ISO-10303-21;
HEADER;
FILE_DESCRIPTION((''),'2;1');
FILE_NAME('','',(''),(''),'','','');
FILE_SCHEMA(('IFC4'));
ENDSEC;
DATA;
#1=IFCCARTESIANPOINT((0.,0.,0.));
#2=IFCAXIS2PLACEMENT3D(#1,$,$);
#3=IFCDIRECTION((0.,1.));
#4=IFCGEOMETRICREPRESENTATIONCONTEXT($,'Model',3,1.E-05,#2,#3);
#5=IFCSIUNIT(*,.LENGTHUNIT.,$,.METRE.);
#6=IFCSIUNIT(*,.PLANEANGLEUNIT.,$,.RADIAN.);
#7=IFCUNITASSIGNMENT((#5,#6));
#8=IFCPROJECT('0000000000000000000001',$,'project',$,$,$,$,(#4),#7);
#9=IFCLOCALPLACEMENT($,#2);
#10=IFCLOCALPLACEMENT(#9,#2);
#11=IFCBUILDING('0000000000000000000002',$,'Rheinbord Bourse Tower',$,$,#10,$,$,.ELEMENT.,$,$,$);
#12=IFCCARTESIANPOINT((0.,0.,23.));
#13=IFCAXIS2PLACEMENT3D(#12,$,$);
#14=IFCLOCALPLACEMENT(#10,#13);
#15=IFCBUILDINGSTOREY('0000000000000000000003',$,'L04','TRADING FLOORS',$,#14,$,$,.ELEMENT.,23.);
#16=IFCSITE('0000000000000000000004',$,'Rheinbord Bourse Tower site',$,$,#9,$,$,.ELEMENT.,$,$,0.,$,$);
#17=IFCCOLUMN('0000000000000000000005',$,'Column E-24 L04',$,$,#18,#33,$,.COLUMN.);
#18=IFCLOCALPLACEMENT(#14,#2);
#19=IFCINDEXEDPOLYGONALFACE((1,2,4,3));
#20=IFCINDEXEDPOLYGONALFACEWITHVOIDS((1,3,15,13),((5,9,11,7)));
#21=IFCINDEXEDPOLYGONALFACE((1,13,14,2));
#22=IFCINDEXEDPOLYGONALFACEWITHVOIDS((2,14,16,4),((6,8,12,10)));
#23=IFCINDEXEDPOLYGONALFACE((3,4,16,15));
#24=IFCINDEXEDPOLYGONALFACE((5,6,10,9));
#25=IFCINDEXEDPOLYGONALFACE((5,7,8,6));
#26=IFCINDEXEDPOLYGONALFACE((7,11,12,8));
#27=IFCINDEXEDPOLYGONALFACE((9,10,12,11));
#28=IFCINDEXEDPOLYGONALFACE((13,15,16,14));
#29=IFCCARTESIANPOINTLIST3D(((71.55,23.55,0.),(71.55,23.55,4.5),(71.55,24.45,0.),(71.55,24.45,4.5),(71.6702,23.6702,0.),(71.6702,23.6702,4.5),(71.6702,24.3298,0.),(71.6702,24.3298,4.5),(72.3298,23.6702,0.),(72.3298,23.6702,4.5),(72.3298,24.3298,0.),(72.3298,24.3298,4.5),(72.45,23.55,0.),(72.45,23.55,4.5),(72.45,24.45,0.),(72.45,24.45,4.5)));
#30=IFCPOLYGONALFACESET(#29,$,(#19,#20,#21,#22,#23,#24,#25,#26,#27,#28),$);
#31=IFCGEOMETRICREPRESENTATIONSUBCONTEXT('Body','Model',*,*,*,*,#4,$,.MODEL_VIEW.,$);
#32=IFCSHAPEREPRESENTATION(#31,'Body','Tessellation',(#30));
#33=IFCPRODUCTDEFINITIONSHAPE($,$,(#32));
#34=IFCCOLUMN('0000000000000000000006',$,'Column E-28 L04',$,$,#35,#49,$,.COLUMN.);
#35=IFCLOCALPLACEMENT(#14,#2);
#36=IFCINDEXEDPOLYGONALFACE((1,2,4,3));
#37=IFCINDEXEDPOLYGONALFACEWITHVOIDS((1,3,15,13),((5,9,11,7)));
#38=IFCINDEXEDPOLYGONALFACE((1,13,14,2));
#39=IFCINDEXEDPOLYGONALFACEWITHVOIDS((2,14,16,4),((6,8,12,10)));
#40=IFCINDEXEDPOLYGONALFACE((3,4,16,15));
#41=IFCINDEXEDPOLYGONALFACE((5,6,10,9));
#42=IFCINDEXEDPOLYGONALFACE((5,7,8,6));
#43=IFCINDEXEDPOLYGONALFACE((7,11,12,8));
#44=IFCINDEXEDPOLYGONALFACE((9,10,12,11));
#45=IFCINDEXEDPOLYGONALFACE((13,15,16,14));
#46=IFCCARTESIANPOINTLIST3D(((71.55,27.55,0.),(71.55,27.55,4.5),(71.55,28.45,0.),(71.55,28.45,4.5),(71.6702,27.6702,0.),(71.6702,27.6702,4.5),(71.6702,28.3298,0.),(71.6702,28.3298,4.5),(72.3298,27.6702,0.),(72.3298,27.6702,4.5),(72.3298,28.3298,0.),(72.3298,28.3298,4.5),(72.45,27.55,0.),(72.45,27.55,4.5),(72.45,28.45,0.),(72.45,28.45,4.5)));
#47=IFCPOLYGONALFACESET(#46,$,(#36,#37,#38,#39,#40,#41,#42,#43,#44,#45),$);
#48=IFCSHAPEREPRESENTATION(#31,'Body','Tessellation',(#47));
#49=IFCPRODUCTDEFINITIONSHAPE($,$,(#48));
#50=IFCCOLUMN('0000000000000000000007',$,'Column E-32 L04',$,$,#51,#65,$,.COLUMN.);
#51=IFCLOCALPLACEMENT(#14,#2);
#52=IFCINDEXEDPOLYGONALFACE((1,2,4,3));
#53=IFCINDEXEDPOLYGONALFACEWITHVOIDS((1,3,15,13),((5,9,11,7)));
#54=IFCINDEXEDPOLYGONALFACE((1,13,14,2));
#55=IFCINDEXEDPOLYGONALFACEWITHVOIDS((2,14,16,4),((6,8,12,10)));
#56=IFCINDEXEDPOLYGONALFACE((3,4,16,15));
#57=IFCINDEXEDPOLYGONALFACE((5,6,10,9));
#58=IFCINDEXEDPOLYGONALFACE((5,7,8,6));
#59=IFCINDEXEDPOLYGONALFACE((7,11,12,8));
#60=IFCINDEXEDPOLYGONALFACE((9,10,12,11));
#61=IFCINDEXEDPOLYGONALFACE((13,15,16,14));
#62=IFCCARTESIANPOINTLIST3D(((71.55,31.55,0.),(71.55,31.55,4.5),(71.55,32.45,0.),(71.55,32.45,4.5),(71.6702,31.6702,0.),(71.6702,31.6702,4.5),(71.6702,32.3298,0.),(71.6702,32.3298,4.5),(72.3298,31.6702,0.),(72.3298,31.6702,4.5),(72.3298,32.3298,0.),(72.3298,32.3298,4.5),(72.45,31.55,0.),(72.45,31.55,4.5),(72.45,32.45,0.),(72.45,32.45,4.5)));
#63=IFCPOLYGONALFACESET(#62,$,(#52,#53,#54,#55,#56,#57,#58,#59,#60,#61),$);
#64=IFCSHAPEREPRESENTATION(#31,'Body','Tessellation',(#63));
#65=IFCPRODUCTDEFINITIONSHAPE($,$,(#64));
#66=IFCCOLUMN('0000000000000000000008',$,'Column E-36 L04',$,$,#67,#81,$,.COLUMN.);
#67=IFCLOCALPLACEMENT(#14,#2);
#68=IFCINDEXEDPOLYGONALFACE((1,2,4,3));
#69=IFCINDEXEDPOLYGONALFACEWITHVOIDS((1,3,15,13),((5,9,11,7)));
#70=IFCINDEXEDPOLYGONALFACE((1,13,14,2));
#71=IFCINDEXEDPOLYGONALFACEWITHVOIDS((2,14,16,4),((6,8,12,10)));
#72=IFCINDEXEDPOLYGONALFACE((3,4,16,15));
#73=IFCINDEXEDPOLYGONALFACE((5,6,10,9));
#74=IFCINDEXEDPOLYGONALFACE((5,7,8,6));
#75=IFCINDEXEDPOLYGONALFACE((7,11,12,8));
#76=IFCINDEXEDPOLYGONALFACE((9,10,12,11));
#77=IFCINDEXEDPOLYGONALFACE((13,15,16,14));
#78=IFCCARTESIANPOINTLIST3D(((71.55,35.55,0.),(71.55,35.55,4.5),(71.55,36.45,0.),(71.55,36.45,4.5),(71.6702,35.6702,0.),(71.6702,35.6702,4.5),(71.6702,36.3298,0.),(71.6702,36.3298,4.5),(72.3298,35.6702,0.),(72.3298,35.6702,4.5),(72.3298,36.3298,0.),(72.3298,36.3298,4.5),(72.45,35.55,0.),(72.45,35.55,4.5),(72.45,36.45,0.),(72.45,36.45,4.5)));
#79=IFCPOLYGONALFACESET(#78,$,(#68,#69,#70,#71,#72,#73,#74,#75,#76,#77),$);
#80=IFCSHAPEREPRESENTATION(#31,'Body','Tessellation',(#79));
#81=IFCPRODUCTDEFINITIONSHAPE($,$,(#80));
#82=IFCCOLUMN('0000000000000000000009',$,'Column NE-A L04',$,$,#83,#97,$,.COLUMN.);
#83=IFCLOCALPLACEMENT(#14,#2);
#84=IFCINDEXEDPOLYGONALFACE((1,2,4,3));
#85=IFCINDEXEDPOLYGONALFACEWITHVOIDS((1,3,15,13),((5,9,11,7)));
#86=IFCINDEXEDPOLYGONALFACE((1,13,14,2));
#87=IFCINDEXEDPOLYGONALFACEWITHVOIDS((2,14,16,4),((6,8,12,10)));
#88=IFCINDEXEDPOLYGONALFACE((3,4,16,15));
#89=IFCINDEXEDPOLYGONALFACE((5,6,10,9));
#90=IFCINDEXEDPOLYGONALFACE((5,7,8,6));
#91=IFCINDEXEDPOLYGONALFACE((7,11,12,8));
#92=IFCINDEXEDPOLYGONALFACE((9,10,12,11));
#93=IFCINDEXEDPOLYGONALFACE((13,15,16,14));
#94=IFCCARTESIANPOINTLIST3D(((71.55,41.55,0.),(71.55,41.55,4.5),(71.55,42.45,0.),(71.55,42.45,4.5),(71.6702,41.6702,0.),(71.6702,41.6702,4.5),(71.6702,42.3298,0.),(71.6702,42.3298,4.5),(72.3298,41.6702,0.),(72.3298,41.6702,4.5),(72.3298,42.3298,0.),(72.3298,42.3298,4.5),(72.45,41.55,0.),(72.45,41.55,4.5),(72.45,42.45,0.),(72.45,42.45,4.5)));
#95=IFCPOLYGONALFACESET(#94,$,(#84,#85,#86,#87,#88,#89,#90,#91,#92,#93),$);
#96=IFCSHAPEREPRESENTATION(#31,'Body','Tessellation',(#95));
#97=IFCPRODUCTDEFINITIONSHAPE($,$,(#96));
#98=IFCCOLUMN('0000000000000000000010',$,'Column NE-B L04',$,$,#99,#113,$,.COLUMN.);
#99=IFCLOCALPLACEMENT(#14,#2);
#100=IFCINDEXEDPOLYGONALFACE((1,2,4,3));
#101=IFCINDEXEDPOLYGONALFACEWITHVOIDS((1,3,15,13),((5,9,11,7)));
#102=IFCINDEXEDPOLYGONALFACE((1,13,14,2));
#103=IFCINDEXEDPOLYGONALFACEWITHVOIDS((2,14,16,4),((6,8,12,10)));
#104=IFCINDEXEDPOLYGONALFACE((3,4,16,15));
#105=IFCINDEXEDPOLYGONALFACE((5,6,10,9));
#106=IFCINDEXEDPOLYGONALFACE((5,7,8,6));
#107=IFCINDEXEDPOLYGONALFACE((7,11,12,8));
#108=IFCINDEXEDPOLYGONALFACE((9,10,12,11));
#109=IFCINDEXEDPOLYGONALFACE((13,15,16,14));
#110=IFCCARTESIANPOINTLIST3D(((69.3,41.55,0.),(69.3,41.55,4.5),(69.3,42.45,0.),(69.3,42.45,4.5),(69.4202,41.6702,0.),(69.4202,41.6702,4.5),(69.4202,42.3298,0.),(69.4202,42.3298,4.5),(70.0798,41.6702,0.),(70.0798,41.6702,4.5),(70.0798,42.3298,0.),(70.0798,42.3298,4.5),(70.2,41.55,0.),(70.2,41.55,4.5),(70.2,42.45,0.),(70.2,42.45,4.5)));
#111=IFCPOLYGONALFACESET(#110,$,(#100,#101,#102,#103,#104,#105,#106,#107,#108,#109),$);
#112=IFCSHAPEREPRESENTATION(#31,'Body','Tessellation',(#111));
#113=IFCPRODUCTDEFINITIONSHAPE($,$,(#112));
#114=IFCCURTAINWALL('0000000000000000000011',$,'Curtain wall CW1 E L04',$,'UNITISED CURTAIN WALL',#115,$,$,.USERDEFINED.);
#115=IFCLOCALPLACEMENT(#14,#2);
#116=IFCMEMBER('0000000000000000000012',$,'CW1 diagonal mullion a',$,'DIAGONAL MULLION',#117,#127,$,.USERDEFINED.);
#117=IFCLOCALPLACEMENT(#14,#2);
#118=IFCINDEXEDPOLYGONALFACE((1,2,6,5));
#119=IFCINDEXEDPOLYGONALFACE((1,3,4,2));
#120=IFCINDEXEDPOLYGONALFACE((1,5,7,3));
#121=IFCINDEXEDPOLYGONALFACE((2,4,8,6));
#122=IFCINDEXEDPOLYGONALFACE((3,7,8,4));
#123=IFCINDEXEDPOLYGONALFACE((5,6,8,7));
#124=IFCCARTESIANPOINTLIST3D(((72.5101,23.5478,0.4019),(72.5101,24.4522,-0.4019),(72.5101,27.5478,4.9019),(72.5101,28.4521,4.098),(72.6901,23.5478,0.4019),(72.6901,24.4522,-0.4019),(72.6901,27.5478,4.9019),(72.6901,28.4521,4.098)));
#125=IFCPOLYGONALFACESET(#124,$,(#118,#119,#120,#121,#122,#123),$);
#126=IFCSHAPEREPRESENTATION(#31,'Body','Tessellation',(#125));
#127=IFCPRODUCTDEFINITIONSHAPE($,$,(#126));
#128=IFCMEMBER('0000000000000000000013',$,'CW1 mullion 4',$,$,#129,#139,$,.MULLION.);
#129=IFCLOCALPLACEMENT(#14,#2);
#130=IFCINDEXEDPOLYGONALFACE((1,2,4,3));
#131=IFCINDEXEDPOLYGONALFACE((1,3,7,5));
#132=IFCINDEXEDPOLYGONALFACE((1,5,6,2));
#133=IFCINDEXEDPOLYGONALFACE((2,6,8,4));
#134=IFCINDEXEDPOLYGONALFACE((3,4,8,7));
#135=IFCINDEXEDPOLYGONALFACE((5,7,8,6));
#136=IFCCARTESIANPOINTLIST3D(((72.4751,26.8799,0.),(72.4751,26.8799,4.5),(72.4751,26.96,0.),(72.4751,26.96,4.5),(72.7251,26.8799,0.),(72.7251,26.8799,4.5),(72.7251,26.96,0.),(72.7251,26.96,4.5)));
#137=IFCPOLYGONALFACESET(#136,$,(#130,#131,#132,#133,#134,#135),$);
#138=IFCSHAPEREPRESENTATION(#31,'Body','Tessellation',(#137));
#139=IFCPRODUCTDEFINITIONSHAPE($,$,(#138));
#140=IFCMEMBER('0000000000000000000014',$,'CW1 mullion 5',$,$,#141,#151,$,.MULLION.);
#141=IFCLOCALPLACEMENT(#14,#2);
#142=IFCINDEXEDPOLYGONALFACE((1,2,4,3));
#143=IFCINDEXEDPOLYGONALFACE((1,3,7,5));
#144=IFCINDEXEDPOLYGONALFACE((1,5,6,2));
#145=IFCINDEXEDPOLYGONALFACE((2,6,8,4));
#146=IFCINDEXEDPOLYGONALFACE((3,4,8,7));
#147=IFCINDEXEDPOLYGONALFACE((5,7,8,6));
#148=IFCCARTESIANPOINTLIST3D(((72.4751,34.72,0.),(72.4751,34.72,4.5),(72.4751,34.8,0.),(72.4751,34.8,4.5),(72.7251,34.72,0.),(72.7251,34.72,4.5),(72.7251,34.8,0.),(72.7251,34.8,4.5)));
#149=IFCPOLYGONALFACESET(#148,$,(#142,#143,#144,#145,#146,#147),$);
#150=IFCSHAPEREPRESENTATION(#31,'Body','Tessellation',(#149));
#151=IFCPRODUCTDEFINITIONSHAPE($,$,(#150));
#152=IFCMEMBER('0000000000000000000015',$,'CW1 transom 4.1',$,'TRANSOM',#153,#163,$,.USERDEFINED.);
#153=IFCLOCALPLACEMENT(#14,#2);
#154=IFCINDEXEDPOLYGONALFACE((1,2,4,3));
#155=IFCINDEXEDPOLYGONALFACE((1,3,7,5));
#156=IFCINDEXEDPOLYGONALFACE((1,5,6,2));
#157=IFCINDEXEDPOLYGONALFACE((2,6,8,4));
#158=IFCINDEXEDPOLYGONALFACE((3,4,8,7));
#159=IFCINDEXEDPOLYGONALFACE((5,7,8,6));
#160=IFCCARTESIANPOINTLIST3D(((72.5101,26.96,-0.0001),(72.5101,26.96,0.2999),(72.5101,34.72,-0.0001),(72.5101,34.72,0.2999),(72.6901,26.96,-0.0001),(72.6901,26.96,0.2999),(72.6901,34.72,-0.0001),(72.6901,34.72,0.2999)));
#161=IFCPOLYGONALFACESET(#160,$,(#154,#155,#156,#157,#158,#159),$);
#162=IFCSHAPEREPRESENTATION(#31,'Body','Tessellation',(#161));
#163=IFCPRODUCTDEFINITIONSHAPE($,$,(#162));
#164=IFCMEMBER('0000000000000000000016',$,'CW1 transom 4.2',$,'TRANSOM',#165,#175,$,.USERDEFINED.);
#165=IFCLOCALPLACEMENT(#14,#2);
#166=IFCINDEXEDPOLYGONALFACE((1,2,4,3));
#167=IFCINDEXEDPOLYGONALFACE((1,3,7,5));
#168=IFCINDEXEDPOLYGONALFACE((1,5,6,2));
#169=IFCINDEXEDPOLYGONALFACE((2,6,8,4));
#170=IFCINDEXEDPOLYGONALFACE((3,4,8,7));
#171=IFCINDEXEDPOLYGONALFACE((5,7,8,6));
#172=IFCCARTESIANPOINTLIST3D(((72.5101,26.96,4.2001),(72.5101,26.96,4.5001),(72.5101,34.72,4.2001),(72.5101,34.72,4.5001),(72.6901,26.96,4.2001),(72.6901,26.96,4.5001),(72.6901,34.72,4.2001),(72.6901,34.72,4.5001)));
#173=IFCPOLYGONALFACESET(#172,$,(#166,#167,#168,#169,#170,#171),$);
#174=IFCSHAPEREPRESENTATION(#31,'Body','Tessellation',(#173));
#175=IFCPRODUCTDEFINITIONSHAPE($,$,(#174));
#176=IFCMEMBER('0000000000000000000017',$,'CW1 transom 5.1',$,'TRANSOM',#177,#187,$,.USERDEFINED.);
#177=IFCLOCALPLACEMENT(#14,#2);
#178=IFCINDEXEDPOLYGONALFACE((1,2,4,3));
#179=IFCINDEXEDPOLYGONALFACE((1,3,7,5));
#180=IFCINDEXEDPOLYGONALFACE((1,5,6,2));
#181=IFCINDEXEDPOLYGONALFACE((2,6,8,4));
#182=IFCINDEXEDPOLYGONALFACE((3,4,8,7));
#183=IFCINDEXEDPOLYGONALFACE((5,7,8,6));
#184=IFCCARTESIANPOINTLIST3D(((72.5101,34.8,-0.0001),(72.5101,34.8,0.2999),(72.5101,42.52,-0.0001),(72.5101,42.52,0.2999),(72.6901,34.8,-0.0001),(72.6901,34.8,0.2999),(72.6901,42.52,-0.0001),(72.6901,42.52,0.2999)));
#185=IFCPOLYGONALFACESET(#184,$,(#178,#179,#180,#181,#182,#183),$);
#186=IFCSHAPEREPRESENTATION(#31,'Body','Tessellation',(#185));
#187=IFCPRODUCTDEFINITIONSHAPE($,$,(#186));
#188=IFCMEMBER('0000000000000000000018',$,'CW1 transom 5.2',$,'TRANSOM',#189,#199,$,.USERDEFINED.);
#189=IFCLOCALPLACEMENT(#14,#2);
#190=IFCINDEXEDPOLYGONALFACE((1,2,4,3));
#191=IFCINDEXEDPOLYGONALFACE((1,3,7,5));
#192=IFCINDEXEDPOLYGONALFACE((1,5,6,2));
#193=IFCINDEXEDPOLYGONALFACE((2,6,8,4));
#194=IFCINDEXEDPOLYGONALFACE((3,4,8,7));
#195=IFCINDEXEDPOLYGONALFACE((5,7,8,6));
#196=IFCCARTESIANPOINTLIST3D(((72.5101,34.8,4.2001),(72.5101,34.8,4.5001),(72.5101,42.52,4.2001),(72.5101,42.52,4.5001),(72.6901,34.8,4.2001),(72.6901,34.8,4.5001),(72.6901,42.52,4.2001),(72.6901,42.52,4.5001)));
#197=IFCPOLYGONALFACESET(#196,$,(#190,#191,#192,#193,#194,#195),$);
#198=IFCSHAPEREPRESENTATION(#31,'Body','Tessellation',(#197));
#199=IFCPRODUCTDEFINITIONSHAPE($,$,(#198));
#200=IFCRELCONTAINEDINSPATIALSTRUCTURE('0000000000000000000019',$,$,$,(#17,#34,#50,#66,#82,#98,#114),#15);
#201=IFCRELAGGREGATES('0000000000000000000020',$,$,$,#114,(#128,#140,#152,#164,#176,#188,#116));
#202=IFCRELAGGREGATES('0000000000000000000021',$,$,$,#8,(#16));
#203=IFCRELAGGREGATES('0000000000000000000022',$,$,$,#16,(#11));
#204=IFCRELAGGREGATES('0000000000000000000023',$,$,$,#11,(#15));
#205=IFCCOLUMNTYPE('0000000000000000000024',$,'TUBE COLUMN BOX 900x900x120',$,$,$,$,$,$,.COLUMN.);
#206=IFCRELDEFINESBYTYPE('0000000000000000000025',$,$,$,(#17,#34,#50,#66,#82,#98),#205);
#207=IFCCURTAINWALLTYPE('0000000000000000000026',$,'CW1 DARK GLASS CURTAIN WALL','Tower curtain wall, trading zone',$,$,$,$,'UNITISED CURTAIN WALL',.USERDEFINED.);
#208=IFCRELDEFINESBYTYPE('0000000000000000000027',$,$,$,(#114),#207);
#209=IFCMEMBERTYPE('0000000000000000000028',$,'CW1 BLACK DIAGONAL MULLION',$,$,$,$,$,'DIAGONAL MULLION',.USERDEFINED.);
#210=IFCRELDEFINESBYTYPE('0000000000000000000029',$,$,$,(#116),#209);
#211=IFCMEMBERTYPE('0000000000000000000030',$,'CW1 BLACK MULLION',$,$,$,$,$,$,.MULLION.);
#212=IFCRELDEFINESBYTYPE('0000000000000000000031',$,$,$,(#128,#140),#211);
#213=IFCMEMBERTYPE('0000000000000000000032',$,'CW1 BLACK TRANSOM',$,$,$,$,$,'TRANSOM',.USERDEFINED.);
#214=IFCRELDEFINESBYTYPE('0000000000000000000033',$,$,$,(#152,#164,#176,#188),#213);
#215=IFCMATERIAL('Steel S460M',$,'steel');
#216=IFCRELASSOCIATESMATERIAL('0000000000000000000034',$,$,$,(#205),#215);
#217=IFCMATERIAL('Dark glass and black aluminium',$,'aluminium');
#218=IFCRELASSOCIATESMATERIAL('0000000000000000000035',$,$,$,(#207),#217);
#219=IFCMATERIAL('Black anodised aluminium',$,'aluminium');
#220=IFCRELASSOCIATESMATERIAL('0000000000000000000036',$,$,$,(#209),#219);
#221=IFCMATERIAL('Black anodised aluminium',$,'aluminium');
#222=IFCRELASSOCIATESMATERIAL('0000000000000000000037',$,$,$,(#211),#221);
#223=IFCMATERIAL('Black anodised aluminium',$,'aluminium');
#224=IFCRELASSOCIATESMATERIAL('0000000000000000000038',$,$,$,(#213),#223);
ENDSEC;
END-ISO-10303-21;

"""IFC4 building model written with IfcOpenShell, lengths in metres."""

from ifc_helpers import new_model, si_unit, direction, frame, origin, origin_2d, place, context, subcontext, project, spatial, rectangle, hollow_rectangle, extrude, material, material_profile, profile_set, type_object, element, aggregate, save


model = new_model("IFC4")

# Units and contexts
model_context = context("Model", 3, precision=1e-05, world=origin(), true_north=direction((0.0, 1.0)))
body_context = subcontext(model_context, "Body", "Model", "MODEL_VIEW")
ifc_project = project(units=[si_unit("LENGTHUNIT", "METRE"), si_unit("PLANEANGLEUNIT", "RADIAN")], contexts=[model_context])

# Site, building, storey
site_placement = place(None, origin())
site = spatial("IfcSite", under=ifc_project, at=site_placement, Name="Rheinbord Bourse Tower site", CompositionType="ELEMENT", RefElevation=0.0)
building_placement = place(site_placement, origin())
building = spatial("IfcBuilding", under=site, at=building_placement, Name="Rheinbord Bourse Tower", CompositionType="ELEMENT")
storey_placement = place(building_placement, frame((0.0, 0.0, 23.0)))
storey = spatial("IfcBuildingStorey", under=building, at=storey_placement, Name="L04", Description="TRADING FLOORS", CompositionType="ELEMENT", Elevation=23.0)

# Columns
ifc_material_1 = material(Name="Steel S460M", Category="steel")
ifc_material_profile_1 = material_profile(ifc_material_1, hollow_rectangle(XDim=0.8999, YDim=0.8999, WallThickness=0.1201, at=origin_2d()), Name="BOX 900x900x120")
ifc_profile_set_1 = profile_set([ifc_material_profile_1], Name="Steel S460M")
column_type = type_object("IfcColumnType", Name="TUBE COLUMN BOX 900x900x120", PredefinedType="COLUMN", material=ifc_profile_set_1)
for number, where, z_axis, x_axis, name in (
    (1, (72.0, 24.0, 0.0), (0.0, 0.0, 1.0), (1.0, 0.0, 0.0), "Column E-24 L04"),
    (2, (72.0, 28.0, 0.0), (0.0, 0.0, 1.0), (1.0, 0.0, 0.0), "Column E-28 L04"),
    (3, (72.0, 32.0, 0.0), (0.0, 0.0, 1.0), (1.0, 0.0, 0.0), "Column E-32 L04"),
    (4, (72.0, 36.0, 0.0), (0.0, 0.0, 1.0), (1.0, 0.0, 0.0), "Column E-36 L04"),
    (5, (72.0, 42.0, 0.0), (0.0, 0.0, 1.0), (1.0, 0.0, 0.0), "Column NE-A L04"),
    (6, (69.75, 42.0, 0.0), (0.0, 0.0, 1.0), (1.0, 0.0, 0.0), "Column NE-B L04"),
):
    element("IfcColumn", number, at=place(storey_placement, frame(where, z_axis=z_axis, x_axis=x_axis)), inside=storey, type_object=column_type, Name=name, PredefinedType="COLUMN", context=body_context, shape_type="SweptSolid", body=[
        extrude(hollow_rectangle(XDim=0.8999, YDim=0.8999, WallThickness=0.1201, at=origin_2d()), origin(), (0.0, 0.0, 1.0), 4.5),
    ])

# Curtain wall, members
ifc_material_2 = material(Name="Dark glass and black aluminium", Category="aluminium")
curtain_wall_type = type_object("IfcCurtainWallType", Name="CW1 DARK GLASS CURTAIN WALL", Description="Tower curtain wall, trading zone", ElementType="UNITISED CURTAIN WALL", PredefinedType="USERDEFINED", material=ifc_material_2)
curtain_wall_placement = place(storey_placement, origin())
curtain_wall = element("IfcCurtainWall", 7, at=curtain_wall_placement, inside=storey, type_object=curtain_wall_type, Name="Curtain wall CW1 E L04", ObjectType="UNITISED CURTAIN WALL", PredefinedType="USERDEFINED")
ifc_material_3 = material(Name="Black anodised aluminium", Category="aluminium")
ifc_material_profile_2 = material_profile(ifc_material_3, rectangle(XDim=0.1799, YDim=1.21, at=origin_2d()), Name="CW1 DIAGONAL MULLION 1210x180")
ifc_profile_set_2 = profile_set([ifc_material_profile_2], Name="Black anodised aluminium")
member_type_1 = type_object("IfcMemberType", Name="CW1 BLACK DIAGONAL MULLION", ElementType="DIAGONAL MULLION", PredefinedType="USERDEFINED", material=ifc_profile_set_2)
member_1_placement = place(storey_placement, frame((72.6001, 24.0, 0.0), z_axis=(0.0, 0.664364, 0.747409), x_axis=(-1.0, 0.0, 0.0)))
member_1 = element("IfcMember", 8, at=member_1_placement, type_object=member_type_1, Name="CW1 diagonal mullion a", ObjectType="DIAGONAL MULLION", PredefinedType="USERDEFINED", context=body_context, shape_type="SweptSolid", body=[
    extrude(rectangle(XDim=0.1799, YDim=1.21, at=origin_2d()), origin(), (0.0, 0.0, 1.0), 6.0208),
])
ifc_material_4 = material(Name="Black anodised aluminium", Category="aluminium")
ifc_material_profile_3 = material_profile(ifc_material_4, rectangle(XDim=0.25, YDim=0.0801, at=origin_2d()), Name="CW1 MULLION 80x250")
ifc_profile_set_3 = profile_set([ifc_material_profile_3], Name="Black anodised aluminium")
member_type_2 = type_object("IfcMemberType", Name="CW1 BLACK MULLION", PredefinedType="MULLION", material=ifc_profile_set_3)
member_2_placement = place(storey_placement, frame((72.6001, 26.9199, 0.0), z_axis=(0.0, 0.0, 1.0), x_axis=(-1.0, 0.0, 0.0)))
member_2 = element("IfcMember", 9, at=member_2_placement, type_object=member_type_2, Name="CW1 mullion 4", PredefinedType="MULLION", context=body_context, shape_type="SweptSolid", body=[
    extrude(rectangle(XDim=0.25, YDim=0.0801, at=origin_2d()), origin(), (0.0, 0.0, 1.0), 4.5),
])
member_3_placement = place(storey_placement, frame((72.6001, 34.76, 0.0), z_axis=(0.0, 0.0, 1.0), x_axis=(-1.0, 0.0, 0.0)))
member_3 = element("IfcMember", 10, at=member_3_placement, type_object=member_type_2, Name="CW1 mullion 5", PredefinedType="MULLION", context=body_context, shape_type="SweptSolid", body=[
    extrude(rectangle(XDim=0.25, YDim=0.0801, at=origin_2d()), origin(), (0.0, 0.0, 1.0), 4.5),
])
ifc_material_5 = material(Name="Black anodised aluminium", Category="aluminium")
ifc_material_profile_4 = material_profile(ifc_material_5, rectangle(XDim=0.1799, YDim=0.3, at=origin_2d()), Name="CW1 TRANSOM 300x180")
ifc_profile_set_4 = profile_set([ifc_material_profile_4], Name="Black anodised aluminium")
member_type_3 = type_object("IfcMemberType", Name="CW1 BLACK TRANSOM", ElementType="TRANSOM", PredefinedType="USERDEFINED", material=ifc_profile_set_4)
member_4_placement = place(storey_placement, frame((72.6001, 26.96, 0.1499), z_axis=(0.0, 1.0, 0.0), x_axis=(-1.0, 0.0, 0.0)))
member_4 = element("IfcMember", 11, at=member_4_placement, type_object=member_type_3, Name="CW1 transom 4.1", ObjectType="TRANSOM", PredefinedType="USERDEFINED", context=body_context, shape_type="SweptSolid", body=[
    extrude(rectangle(XDim=0.1799, YDim=0.3, at=origin_2d()), origin(), (0.0, 0.0, 1.0), 7.76),
])
member_5_placement = place(storey_placement, frame((72.6001, 26.96, 4.3501), z_axis=(0.0, 1.0, 0.0), x_axis=(-1.0, 0.0, 0.0)))
member_5 = element("IfcMember", 12, at=member_5_placement, type_object=member_type_3, Name="CW1 transom 4.2", ObjectType="TRANSOM", PredefinedType="USERDEFINED", context=body_context, shape_type="SweptSolid", body=[
    extrude(rectangle(XDim=0.1799, YDim=0.3, at=origin_2d()), origin(), (0.0, 0.0, 1.0), 7.76),
])
member_6_placement = place(storey_placement, frame((72.6001, 34.8, 0.1499), z_axis=(0.0, 1.0, 0.0), x_axis=(-1.0, 0.0, 0.0)))
member_6 = element("IfcMember", 13, at=member_6_placement, type_object=member_type_3, Name="CW1 transom 5.1", ObjectType="TRANSOM", PredefinedType="USERDEFINED", context=body_context, shape_type="SweptSolid", body=[
    extrude(rectangle(XDim=0.1799, YDim=0.3, at=origin_2d()), origin(), (0.0, 0.0, 1.0), 7.72),
])
member_7_placement = place(storey_placement, frame((72.6001, 34.8, 4.3501), z_axis=(0.0, 1.0, 0.0), x_axis=(-1.0, 0.0, 0.0)))
member_7 = element("IfcMember", 14, at=member_7_placement, type_object=member_type_3, Name="CW1 transom 5.2", ObjectType="TRANSOM", PredefinedType="USERDEFINED", context=body_context, shape_type="SweptSolid", body=[
    extrude(rectangle(XDim=0.1799, YDim=0.3, at=origin_2d()), origin(), (0.0, 0.0, 1.0), 7.72),
])

aggregate(curtain_wall, [member_2, member_3, member_4, member_5, member_6, member_7, member_1])

save(model, "model.ifc")
